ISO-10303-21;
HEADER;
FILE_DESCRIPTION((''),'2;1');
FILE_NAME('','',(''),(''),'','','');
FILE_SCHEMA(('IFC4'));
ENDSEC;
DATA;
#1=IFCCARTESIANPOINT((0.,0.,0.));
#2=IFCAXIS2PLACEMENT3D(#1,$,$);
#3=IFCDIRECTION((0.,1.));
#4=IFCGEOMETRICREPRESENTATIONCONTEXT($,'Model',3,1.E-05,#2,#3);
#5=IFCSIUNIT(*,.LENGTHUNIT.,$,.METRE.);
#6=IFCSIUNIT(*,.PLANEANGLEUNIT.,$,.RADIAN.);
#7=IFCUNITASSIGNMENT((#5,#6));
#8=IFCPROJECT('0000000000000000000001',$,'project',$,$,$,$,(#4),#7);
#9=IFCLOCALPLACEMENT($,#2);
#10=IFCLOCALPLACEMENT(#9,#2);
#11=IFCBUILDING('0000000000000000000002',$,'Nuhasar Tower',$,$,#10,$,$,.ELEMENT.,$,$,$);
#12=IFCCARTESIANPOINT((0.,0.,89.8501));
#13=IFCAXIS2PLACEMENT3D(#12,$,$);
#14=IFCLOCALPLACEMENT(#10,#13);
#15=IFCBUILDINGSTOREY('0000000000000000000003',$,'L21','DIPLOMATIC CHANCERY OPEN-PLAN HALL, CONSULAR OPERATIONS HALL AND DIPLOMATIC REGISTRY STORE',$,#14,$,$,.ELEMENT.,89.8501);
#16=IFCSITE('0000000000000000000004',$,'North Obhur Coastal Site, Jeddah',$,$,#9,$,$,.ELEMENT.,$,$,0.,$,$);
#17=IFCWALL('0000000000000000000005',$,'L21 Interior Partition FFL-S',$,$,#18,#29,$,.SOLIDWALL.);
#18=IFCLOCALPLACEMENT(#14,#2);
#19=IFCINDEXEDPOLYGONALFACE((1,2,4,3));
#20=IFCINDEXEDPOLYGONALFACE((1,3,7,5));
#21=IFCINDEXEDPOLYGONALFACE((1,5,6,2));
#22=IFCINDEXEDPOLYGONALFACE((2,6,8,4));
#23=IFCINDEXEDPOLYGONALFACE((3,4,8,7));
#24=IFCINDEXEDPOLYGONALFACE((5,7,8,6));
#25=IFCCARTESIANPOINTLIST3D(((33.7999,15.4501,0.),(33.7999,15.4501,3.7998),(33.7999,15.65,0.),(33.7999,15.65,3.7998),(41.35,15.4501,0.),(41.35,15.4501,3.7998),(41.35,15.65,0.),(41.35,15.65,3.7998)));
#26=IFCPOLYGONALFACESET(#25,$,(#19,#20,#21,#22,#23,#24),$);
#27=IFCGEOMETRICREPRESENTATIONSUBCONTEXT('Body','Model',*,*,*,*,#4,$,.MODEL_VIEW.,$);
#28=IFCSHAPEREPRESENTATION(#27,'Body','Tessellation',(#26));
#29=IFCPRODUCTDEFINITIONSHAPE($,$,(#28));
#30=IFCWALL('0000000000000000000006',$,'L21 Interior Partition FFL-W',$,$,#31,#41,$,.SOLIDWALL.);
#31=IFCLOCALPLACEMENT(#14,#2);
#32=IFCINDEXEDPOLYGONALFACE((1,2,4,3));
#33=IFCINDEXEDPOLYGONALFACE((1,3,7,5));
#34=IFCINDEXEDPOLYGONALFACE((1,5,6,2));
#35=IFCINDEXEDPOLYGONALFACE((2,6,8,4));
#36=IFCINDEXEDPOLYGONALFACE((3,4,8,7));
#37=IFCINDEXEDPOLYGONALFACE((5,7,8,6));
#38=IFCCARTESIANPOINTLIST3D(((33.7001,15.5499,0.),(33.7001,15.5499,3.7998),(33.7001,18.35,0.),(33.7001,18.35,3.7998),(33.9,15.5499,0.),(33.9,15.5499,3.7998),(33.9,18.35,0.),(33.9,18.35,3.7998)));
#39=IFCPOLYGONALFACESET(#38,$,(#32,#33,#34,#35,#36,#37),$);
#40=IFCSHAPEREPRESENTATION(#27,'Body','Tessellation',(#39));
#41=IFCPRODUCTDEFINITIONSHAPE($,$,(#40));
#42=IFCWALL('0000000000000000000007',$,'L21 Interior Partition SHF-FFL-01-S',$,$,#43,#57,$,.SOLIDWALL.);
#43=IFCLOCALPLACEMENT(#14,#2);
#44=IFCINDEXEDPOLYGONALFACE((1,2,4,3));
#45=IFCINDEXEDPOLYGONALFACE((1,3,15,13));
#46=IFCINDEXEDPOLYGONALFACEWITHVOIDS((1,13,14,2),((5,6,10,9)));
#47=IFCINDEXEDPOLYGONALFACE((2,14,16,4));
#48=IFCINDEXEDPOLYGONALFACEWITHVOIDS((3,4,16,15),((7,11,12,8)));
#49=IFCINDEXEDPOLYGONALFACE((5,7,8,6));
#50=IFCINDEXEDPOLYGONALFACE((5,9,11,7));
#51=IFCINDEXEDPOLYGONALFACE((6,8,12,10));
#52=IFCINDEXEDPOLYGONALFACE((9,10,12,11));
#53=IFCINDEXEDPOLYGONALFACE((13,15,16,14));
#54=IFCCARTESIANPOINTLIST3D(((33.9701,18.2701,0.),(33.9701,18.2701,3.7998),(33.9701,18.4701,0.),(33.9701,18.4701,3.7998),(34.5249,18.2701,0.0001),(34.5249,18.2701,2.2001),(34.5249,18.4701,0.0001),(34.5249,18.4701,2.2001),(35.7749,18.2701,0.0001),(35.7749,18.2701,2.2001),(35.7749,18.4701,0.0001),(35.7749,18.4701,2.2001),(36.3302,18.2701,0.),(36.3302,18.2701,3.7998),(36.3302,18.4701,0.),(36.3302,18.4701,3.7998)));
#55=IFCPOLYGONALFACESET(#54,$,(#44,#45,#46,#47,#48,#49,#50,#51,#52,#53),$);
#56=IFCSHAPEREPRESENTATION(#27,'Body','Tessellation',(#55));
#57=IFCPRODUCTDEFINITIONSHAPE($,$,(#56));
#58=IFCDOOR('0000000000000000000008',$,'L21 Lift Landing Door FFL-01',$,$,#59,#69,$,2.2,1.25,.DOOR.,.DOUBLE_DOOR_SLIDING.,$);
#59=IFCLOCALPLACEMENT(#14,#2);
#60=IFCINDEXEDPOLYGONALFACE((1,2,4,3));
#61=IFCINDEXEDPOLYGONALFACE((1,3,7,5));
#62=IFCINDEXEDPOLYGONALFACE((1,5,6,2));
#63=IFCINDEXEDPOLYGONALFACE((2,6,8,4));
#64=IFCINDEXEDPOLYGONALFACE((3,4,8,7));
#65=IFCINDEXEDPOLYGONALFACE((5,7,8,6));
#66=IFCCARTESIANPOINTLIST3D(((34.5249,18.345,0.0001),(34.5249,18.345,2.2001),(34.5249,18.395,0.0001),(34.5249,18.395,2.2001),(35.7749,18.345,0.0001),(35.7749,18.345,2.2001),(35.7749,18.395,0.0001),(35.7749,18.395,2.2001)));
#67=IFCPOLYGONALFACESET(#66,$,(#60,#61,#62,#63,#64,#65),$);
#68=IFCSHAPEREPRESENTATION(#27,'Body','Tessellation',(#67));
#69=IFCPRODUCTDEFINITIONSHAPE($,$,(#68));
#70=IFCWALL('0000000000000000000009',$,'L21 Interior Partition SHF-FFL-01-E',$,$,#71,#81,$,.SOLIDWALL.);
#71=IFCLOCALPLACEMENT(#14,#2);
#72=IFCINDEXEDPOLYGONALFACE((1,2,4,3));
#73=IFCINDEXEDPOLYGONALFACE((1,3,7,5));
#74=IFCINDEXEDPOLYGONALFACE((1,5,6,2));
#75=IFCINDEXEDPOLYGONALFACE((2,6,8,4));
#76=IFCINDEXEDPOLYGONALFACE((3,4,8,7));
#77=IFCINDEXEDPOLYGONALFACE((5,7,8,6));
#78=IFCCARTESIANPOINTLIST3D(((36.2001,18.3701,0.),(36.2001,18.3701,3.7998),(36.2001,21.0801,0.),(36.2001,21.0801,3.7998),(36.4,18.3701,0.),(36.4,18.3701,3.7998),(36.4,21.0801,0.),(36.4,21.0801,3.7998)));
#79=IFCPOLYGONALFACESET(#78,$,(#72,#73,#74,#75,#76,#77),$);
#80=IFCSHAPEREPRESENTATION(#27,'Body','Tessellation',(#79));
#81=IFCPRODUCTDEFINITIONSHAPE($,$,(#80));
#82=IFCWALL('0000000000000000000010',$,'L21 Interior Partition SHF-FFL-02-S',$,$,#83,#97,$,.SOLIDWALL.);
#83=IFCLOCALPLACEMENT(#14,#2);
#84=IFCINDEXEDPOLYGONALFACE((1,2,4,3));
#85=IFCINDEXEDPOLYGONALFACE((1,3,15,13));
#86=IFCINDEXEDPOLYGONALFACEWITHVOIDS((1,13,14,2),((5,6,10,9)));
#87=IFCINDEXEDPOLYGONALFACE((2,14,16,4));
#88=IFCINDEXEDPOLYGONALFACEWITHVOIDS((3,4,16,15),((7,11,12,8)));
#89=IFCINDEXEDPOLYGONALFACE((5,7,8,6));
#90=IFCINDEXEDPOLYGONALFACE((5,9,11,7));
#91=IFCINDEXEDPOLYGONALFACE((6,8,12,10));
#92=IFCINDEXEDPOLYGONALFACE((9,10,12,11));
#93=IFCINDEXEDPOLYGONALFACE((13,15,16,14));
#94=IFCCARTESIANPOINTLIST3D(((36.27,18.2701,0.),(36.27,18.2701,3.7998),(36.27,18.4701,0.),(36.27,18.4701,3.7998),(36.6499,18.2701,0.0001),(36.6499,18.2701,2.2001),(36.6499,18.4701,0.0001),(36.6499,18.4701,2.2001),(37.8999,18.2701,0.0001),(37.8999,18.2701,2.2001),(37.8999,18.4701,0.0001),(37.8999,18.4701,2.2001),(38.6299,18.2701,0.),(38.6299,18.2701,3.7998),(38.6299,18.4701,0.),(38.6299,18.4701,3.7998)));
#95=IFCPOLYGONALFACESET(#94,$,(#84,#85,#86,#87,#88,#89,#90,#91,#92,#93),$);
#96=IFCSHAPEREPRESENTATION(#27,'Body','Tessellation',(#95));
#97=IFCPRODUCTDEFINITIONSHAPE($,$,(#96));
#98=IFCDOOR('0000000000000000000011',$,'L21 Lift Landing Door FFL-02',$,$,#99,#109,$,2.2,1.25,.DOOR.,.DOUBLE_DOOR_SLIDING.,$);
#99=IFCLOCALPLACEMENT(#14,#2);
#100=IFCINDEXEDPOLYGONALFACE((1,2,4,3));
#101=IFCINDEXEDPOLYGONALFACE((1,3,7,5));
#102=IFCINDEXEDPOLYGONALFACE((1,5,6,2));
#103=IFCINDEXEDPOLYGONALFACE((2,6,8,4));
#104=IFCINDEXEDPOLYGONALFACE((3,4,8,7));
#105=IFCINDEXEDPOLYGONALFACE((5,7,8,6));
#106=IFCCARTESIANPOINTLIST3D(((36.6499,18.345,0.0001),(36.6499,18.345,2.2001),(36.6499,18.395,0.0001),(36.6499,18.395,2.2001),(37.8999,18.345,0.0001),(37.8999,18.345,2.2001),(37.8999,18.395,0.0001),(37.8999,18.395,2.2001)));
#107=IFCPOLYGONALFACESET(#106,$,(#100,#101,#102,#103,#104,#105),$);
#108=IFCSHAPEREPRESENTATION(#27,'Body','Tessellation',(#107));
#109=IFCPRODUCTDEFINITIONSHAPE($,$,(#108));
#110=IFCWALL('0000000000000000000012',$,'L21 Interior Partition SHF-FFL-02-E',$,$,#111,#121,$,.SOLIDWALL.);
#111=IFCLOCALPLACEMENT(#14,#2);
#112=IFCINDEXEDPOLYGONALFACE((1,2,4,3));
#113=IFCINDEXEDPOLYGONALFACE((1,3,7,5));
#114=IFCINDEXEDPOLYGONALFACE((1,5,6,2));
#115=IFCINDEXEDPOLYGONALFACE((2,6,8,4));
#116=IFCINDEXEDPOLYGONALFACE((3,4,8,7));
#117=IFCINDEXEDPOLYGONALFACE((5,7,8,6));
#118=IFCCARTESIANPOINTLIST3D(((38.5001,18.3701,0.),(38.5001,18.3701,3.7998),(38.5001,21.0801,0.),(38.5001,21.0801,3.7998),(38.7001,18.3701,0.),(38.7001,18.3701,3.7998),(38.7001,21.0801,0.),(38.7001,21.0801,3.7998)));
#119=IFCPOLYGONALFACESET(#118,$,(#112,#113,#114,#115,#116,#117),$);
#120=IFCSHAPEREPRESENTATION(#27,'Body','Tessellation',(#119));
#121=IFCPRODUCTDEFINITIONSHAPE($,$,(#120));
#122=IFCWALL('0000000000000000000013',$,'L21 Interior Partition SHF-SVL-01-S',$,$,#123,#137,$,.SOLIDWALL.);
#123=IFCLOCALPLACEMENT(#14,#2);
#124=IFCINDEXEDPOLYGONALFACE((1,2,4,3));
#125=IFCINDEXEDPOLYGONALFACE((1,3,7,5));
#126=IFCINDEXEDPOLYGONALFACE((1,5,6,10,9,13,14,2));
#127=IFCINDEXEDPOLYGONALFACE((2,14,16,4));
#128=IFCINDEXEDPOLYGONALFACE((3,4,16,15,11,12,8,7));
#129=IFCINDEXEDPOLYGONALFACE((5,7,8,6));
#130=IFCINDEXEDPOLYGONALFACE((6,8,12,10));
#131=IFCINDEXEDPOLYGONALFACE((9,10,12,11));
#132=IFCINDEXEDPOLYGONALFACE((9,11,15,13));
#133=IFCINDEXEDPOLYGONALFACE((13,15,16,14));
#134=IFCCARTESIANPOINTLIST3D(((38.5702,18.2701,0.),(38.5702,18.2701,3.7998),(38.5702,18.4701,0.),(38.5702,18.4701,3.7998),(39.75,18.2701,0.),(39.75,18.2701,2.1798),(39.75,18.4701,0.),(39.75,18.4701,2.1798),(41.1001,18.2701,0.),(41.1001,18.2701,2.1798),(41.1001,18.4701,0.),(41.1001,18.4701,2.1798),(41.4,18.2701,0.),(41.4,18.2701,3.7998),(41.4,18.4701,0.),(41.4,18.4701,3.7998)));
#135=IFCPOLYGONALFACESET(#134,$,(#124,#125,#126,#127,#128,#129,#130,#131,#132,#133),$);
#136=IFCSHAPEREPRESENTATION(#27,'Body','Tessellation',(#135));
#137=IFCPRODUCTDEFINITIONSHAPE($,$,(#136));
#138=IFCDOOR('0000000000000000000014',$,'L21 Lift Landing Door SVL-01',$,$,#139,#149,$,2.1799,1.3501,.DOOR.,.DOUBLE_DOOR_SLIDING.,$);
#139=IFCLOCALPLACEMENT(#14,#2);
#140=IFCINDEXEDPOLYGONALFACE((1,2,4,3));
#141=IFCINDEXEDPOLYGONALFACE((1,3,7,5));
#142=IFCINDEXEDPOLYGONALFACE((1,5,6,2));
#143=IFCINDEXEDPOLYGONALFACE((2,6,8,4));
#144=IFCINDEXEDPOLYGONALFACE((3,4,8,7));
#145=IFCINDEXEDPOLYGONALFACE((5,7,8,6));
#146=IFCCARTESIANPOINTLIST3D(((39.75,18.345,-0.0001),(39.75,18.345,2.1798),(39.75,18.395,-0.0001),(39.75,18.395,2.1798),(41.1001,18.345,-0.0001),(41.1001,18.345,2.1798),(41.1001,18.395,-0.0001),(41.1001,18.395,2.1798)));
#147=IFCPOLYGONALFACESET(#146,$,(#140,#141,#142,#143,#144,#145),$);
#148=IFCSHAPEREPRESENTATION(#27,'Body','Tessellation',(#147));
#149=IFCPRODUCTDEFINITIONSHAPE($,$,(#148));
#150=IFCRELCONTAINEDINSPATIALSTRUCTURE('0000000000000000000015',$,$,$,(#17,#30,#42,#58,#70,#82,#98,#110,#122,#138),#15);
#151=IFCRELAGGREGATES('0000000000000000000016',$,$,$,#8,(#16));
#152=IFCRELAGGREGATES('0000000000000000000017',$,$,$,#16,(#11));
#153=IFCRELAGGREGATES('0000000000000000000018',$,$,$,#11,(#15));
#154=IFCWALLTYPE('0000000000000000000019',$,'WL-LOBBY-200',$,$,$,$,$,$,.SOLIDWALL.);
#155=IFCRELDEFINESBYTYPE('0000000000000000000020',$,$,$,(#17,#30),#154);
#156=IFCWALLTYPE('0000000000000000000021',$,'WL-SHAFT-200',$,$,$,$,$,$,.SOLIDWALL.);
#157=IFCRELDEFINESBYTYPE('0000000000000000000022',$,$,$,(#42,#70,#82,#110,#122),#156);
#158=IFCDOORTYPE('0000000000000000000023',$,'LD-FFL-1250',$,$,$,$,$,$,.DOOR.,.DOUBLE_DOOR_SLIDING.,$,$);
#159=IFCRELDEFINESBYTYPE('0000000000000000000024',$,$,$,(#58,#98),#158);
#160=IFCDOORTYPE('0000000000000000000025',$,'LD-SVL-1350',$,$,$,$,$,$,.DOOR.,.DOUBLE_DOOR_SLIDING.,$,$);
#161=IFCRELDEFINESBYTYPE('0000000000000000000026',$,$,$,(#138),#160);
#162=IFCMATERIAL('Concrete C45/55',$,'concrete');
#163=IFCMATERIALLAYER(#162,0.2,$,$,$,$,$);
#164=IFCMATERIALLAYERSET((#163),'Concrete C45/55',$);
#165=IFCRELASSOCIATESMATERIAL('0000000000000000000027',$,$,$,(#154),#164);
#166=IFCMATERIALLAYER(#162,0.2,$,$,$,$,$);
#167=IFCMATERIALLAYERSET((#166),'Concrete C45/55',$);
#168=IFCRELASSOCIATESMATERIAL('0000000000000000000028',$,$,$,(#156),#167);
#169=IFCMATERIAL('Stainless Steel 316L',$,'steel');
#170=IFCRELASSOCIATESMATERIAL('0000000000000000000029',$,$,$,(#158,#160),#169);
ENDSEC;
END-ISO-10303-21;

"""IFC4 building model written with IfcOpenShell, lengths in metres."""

from ifc_helpers import new_model, si_unit, direction, frame, frame_2d, origin, place, context, subcontext, project, spatial, rectangle, extrude, material, layer, layer_set, type_object, element, fill, save


model = new_model("IFC4")

# Units and contexts
model_context = context("Model", 3, precision=1e-05, world=origin(), true_north=direction((0.0, 1.0)))
body_context = subcontext(model_context, "Body", "Model", "MODEL_VIEW")
ifc_project = project(units=[si_unit("LENGTHUNIT", "METRE"), si_unit("PLANEANGLEUNIT", "RADIAN")], contexts=[model_context])

# Site, building, storey
site_placement = place(None, origin())
site = spatial("IfcSite", under=ifc_project, at=site_placement, Name="North Obhur Coastal Site, Jeddah", CompositionType="ELEMENT", RefElevation=0.0)
building_placement = place(site_placement, origin())
building = spatial("IfcBuilding", under=site, at=building_placement, Name="Nuhasar Tower", CompositionType="ELEMENT")
storey_placement = place(building_placement, frame((0.0, 0.0, 89.8501)))
storey = spatial("IfcBuildingStorey", under=building, at=storey_placement, Name="L21", Description="DIPLOMATIC CHANCERY OPEN-PLAN HALL, CONSULAR OPERATIONS HALL AND DIPLOMATIC REGISTRY STORE", CompositionType="ELEMENT", Elevation=89.8501)

# Walls
ifc_material_1 = material(Name="Concrete C45/55", Category="concrete")
ifc_layer_1 = layer(ifc_material_1, 0.2)
ifc_layer_set_1 = layer_set([ifc_layer_1], Name="Concrete C45/55")
wall_type_1 = type_object("IfcWallType", Name="WL-LOBBY-200", PredefinedType="SOLIDWALL", material=ifc_layer_set_1)
wall_1_placement = place(storey_placement, frame((33.8, 15.55, 0.0), z_axis=(0.0, 0.0, 1.0), x_axis=(1.0, 0.0, 0.0)))
element("IfcWall", 1, at=wall_1_placement, inside=storey, type_object=wall_type_1, Name="L21 Interior Partition FFL-S", PredefinedType="SOLIDWALL", context=body_context, shape_type="SweptSolid", body=[
    extrude(rectangle(XDim=7.55, YDim=0.2, at=frame_2d((3.7749, 0.0))), origin(), (0.0, 0.0, 1.0), 3.7998),
])
wall_2_placement = place(storey_placement, frame((33.8, 15.55, 0.0), z_axis=(0.0, 0.0, 1.0), x_axis=(0.0, 1.0, 0.0)))
element("IfcWall", 2, at=wall_2_placement, inside=storey, type_object=wall_type_1, Name="L21 Interior Partition FFL-W", PredefinedType="SOLIDWALL", context=body_context, shape_type="SweptSolid", body=[
    extrude(rectangle(XDim=2.8, YDim=0.2, at=frame_2d((1.3999, 0.0))), origin(), (0.0, 0.0, 1.0), 3.7998),
])

# Wall, opening, door
ifc_layer_2 = layer(ifc_material_1, 0.2)
ifc_layer_set_2 = layer_set([ifc_layer_2], Name="Concrete C45/55")
wall_type_2 = type_object("IfcWallType", Name="WL-SHAFT-200", PredefinedType="SOLIDWALL", material=ifc_layer_set_2)
wall_3_placement = place(storey_placement, frame((33.97, 18.3701, 0.0), z_axis=(0.0, 0.0, 1.0), x_axis=(1.0, 0.0, 0.0)))
wall_3 = element("IfcWall", 3, at=wall_3_placement, inside=storey, type_object=wall_type_2, Name="L21 Interior Partition SHF-FFL-01-S", PredefinedType="SOLIDWALL", context=body_context, shape_type="SweptSolid", body=[
    extrude(rectangle(XDim=2.3601, YDim=0.2, at=frame_2d((1.1802, 0.0))), origin(), (0.0, 0.0, 1.0), 3.7998),
])
opening_1_placement = place(wall_3_placement, frame((0.5549, 0.0, 0.0)))
opening_1 = element("IfcOpeningElement", 4, at=opening_1_placement, cuts=wall_3, PredefinedType="OPENING", context=body_context, shape_type="SweptSolid", body=[
    extrude(rectangle(XDim=1.25, YDim=2.2, at=frame_2d((0.625, 1.1001))), frame((0.0, 0.1099, 0.0), z_axis=(0.0, -1.0, 0.0), x_axis=(1.0, 0.0, 0.0)), (0.0, 0.0, 1.0), 0.22),
])
ifc_material_2 = material(Name="Stainless Steel 316L", Category="steel")
door_type_1 = type_object("IfcDoorType", Name="LD-FFL-1250", OperationType="DOUBLE_DOOR_SLIDING", PredefinedType="DOOR", material=ifc_material_2)
door_1_placement = place(opening_1_placement, origin())
door_1 = element("IfcDoor", 5, at=door_1_placement, inside=storey, type_object=door_type_1, Name="L21 Lift Landing Door FFL-01", OperationType="DOUBLE_DOOR_SLIDING", OverallHeight=2.2, OverallWidth=1.25, PredefinedType="DOOR", context=body_context, shape_type="SweptSolid", body=[
    extrude(rectangle(XDim=1.25, YDim=2.2, at=frame_2d((0.625, 1.1001))), frame((0.0, 0.0249, 0.0), z_axis=(0.0, -1.0, 0.0), x_axis=(1.0, 0.0, 0.0)), (0.0, 0.0, 1.0), 0.05),
])
fill(opening_1, door_1)

# Wall
wall_4_placement = place(storey_placement, frame((36.3, 18.3701, 0.0), z_axis=(0.0, 0.0, 1.0), x_axis=(0.0, 1.0, 0.0)))
element("IfcWall", 6, at=wall_4_placement, inside=storey, type_object=wall_type_2, Name="L21 Interior Partition SHF-FFL-01-E", PredefinedType="SOLIDWALL", context=body_context, shape_type="SweptSolid", body=[
    extrude(rectangle(XDim=2.71, YDim=0.2, at=frame_2d((1.355, 0.0))), origin(), (0.0, 0.0, 1.0), 3.7998),
])

# Wall, opening, door
wall_5_placement = place(storey_placement, frame((36.27, 18.3701, 0.0), z_axis=(0.0, 0.0, 1.0), x_axis=(1.0, 0.0, 0.0)))
wall_5 = element("IfcWall", 7, at=wall_5_placement, inside=storey, type_object=wall_type_2, Name="L21 Interior Partition SHF-FFL-02-S", PredefinedType="SOLIDWALL", context=body_context, shape_type="SweptSolid", body=[
    extrude(rectangle(XDim=2.3599, YDim=0.2, at=frame_2d((1.1799, 0.0))), origin(), (0.0, 0.0, 1.0), 3.7998),
])
opening_2_placement = place(wall_5_placement, frame((0.3799, 0.0, 0.0)))
opening_2 = element("IfcOpeningElement", 8, at=opening_2_placement, cuts=wall_5, PredefinedType="OPENING", context=body_context, shape_type="SweptSolid", body=[
    extrude(rectangle(XDim=1.25, YDim=2.2, at=frame_2d((0.625, 1.1001))), frame((0.0, 0.1099, 0.0), z_axis=(0.0, -1.0, 0.0), x_axis=(1.0, 0.0, 0.0)), (0.0, 0.0, 1.0), 0.22),
])
door_2_placement = place(opening_2_placement, origin())
door_2 = element("IfcDoor", 9, at=door_2_placement, inside=storey, type_object=door_type_1, Name="L21 Lift Landing Door FFL-02", OperationType="DOUBLE_DOOR_SLIDING", OverallHeight=2.2, OverallWidth=1.25, PredefinedType="DOOR", context=body_context, shape_type="SweptSolid", body=[
    extrude(rectangle(XDim=1.25, YDim=2.2, at=frame_2d((0.625, 1.1001))), frame((0.0, 0.0249, 0.0), z_axis=(0.0, -1.0, 0.0), x_axis=(1.0, 0.0, 0.0)), (0.0, 0.0, 1.0), 0.05),
])
fill(opening_2, door_2)

# Wall
wall_6_placement = place(storey_placement, frame((38.6001, 18.3701, 0.0), z_axis=(0.0, 0.0, 1.0), x_axis=(0.0, 1.0, 0.0)))
element("IfcWall", 10, at=wall_6_placement, inside=storey, type_object=wall_type_2, Name="L21 Interior Partition SHF-FFL-02-E", PredefinedType="SOLIDWALL", context=body_context, shape_type="SweptSolid", body=[
    extrude(rectangle(XDim=2.71, YDim=0.2, at=frame_2d((1.355, 0.0))), origin(), (0.0, 0.0, 1.0), 3.7998),
])

# Wall, opening, door
wall_7_placement = place(storey_placement, frame((38.5701, 18.3701, 0.0), z_axis=(0.0, 0.0, 1.0), x_axis=(1.0, 0.0, 0.0)))
wall_7 = element("IfcWall", 11, at=wall_7_placement, inside=storey, type_object=wall_type_2, Name="L21 Interior Partition SHF-SVL-01-S", PredefinedType="SOLIDWALL", context=body_context, shape_type="SweptSolid", body=[
    extrude(rectangle(XDim=2.8298, YDim=0.2, at=frame_2d((1.415, 0.0))), origin(), (0.0, 0.0, 1.0), 3.7998),
])
opening_3_placement = place(wall_7_placement, frame((1.1799, 0.0, 0.0)))
opening_3 = element("IfcOpeningElement", 12, at=opening_3_placement, cuts=wall_7, PredefinedType="OPENING", context=body_context, shape_type="SweptSolid", body=[
    extrude(rectangle(XDim=1.3501, YDim=2.1799, at=frame_2d((0.675, 1.0898))), frame((0.0, 0.1099, 0.0), z_axis=(0.0, -1.0, 0.0), x_axis=(1.0, 0.0, 0.0)), (0.0, 0.0, 1.0), 0.22),
])
door_type_2 = type_object("IfcDoorType", Name="LD-SVL-1350", OperationType="DOUBLE_DOOR_SLIDING", PredefinedType="DOOR", material=ifc_material_2)
door_3_placement = place(opening_3_placement, origin())
door_3 = element("IfcDoor", 13, at=door_3_placement, inside=storey, type_object=door_type_2, Name="L21 Lift Landing Door SVL-01", OperationType="DOUBLE_DOOR_SLIDING", OverallHeight=2.1799, OverallWidth=1.3501, PredefinedType="DOOR", context=body_context, shape_type="SweptSolid", body=[
    extrude(rectangle(XDim=1.3501, YDim=2.1799, at=frame_2d((0.675, 1.0898))), frame((0.0, 0.0249, 0.0), z_axis=(0.0, -1.0, 0.0), x_axis=(1.0, 0.0, 0.0)), (0.0, 0.0, 1.0), 0.05),
])
fill(opening_3, door_3)

save(model, "model.ifc")
